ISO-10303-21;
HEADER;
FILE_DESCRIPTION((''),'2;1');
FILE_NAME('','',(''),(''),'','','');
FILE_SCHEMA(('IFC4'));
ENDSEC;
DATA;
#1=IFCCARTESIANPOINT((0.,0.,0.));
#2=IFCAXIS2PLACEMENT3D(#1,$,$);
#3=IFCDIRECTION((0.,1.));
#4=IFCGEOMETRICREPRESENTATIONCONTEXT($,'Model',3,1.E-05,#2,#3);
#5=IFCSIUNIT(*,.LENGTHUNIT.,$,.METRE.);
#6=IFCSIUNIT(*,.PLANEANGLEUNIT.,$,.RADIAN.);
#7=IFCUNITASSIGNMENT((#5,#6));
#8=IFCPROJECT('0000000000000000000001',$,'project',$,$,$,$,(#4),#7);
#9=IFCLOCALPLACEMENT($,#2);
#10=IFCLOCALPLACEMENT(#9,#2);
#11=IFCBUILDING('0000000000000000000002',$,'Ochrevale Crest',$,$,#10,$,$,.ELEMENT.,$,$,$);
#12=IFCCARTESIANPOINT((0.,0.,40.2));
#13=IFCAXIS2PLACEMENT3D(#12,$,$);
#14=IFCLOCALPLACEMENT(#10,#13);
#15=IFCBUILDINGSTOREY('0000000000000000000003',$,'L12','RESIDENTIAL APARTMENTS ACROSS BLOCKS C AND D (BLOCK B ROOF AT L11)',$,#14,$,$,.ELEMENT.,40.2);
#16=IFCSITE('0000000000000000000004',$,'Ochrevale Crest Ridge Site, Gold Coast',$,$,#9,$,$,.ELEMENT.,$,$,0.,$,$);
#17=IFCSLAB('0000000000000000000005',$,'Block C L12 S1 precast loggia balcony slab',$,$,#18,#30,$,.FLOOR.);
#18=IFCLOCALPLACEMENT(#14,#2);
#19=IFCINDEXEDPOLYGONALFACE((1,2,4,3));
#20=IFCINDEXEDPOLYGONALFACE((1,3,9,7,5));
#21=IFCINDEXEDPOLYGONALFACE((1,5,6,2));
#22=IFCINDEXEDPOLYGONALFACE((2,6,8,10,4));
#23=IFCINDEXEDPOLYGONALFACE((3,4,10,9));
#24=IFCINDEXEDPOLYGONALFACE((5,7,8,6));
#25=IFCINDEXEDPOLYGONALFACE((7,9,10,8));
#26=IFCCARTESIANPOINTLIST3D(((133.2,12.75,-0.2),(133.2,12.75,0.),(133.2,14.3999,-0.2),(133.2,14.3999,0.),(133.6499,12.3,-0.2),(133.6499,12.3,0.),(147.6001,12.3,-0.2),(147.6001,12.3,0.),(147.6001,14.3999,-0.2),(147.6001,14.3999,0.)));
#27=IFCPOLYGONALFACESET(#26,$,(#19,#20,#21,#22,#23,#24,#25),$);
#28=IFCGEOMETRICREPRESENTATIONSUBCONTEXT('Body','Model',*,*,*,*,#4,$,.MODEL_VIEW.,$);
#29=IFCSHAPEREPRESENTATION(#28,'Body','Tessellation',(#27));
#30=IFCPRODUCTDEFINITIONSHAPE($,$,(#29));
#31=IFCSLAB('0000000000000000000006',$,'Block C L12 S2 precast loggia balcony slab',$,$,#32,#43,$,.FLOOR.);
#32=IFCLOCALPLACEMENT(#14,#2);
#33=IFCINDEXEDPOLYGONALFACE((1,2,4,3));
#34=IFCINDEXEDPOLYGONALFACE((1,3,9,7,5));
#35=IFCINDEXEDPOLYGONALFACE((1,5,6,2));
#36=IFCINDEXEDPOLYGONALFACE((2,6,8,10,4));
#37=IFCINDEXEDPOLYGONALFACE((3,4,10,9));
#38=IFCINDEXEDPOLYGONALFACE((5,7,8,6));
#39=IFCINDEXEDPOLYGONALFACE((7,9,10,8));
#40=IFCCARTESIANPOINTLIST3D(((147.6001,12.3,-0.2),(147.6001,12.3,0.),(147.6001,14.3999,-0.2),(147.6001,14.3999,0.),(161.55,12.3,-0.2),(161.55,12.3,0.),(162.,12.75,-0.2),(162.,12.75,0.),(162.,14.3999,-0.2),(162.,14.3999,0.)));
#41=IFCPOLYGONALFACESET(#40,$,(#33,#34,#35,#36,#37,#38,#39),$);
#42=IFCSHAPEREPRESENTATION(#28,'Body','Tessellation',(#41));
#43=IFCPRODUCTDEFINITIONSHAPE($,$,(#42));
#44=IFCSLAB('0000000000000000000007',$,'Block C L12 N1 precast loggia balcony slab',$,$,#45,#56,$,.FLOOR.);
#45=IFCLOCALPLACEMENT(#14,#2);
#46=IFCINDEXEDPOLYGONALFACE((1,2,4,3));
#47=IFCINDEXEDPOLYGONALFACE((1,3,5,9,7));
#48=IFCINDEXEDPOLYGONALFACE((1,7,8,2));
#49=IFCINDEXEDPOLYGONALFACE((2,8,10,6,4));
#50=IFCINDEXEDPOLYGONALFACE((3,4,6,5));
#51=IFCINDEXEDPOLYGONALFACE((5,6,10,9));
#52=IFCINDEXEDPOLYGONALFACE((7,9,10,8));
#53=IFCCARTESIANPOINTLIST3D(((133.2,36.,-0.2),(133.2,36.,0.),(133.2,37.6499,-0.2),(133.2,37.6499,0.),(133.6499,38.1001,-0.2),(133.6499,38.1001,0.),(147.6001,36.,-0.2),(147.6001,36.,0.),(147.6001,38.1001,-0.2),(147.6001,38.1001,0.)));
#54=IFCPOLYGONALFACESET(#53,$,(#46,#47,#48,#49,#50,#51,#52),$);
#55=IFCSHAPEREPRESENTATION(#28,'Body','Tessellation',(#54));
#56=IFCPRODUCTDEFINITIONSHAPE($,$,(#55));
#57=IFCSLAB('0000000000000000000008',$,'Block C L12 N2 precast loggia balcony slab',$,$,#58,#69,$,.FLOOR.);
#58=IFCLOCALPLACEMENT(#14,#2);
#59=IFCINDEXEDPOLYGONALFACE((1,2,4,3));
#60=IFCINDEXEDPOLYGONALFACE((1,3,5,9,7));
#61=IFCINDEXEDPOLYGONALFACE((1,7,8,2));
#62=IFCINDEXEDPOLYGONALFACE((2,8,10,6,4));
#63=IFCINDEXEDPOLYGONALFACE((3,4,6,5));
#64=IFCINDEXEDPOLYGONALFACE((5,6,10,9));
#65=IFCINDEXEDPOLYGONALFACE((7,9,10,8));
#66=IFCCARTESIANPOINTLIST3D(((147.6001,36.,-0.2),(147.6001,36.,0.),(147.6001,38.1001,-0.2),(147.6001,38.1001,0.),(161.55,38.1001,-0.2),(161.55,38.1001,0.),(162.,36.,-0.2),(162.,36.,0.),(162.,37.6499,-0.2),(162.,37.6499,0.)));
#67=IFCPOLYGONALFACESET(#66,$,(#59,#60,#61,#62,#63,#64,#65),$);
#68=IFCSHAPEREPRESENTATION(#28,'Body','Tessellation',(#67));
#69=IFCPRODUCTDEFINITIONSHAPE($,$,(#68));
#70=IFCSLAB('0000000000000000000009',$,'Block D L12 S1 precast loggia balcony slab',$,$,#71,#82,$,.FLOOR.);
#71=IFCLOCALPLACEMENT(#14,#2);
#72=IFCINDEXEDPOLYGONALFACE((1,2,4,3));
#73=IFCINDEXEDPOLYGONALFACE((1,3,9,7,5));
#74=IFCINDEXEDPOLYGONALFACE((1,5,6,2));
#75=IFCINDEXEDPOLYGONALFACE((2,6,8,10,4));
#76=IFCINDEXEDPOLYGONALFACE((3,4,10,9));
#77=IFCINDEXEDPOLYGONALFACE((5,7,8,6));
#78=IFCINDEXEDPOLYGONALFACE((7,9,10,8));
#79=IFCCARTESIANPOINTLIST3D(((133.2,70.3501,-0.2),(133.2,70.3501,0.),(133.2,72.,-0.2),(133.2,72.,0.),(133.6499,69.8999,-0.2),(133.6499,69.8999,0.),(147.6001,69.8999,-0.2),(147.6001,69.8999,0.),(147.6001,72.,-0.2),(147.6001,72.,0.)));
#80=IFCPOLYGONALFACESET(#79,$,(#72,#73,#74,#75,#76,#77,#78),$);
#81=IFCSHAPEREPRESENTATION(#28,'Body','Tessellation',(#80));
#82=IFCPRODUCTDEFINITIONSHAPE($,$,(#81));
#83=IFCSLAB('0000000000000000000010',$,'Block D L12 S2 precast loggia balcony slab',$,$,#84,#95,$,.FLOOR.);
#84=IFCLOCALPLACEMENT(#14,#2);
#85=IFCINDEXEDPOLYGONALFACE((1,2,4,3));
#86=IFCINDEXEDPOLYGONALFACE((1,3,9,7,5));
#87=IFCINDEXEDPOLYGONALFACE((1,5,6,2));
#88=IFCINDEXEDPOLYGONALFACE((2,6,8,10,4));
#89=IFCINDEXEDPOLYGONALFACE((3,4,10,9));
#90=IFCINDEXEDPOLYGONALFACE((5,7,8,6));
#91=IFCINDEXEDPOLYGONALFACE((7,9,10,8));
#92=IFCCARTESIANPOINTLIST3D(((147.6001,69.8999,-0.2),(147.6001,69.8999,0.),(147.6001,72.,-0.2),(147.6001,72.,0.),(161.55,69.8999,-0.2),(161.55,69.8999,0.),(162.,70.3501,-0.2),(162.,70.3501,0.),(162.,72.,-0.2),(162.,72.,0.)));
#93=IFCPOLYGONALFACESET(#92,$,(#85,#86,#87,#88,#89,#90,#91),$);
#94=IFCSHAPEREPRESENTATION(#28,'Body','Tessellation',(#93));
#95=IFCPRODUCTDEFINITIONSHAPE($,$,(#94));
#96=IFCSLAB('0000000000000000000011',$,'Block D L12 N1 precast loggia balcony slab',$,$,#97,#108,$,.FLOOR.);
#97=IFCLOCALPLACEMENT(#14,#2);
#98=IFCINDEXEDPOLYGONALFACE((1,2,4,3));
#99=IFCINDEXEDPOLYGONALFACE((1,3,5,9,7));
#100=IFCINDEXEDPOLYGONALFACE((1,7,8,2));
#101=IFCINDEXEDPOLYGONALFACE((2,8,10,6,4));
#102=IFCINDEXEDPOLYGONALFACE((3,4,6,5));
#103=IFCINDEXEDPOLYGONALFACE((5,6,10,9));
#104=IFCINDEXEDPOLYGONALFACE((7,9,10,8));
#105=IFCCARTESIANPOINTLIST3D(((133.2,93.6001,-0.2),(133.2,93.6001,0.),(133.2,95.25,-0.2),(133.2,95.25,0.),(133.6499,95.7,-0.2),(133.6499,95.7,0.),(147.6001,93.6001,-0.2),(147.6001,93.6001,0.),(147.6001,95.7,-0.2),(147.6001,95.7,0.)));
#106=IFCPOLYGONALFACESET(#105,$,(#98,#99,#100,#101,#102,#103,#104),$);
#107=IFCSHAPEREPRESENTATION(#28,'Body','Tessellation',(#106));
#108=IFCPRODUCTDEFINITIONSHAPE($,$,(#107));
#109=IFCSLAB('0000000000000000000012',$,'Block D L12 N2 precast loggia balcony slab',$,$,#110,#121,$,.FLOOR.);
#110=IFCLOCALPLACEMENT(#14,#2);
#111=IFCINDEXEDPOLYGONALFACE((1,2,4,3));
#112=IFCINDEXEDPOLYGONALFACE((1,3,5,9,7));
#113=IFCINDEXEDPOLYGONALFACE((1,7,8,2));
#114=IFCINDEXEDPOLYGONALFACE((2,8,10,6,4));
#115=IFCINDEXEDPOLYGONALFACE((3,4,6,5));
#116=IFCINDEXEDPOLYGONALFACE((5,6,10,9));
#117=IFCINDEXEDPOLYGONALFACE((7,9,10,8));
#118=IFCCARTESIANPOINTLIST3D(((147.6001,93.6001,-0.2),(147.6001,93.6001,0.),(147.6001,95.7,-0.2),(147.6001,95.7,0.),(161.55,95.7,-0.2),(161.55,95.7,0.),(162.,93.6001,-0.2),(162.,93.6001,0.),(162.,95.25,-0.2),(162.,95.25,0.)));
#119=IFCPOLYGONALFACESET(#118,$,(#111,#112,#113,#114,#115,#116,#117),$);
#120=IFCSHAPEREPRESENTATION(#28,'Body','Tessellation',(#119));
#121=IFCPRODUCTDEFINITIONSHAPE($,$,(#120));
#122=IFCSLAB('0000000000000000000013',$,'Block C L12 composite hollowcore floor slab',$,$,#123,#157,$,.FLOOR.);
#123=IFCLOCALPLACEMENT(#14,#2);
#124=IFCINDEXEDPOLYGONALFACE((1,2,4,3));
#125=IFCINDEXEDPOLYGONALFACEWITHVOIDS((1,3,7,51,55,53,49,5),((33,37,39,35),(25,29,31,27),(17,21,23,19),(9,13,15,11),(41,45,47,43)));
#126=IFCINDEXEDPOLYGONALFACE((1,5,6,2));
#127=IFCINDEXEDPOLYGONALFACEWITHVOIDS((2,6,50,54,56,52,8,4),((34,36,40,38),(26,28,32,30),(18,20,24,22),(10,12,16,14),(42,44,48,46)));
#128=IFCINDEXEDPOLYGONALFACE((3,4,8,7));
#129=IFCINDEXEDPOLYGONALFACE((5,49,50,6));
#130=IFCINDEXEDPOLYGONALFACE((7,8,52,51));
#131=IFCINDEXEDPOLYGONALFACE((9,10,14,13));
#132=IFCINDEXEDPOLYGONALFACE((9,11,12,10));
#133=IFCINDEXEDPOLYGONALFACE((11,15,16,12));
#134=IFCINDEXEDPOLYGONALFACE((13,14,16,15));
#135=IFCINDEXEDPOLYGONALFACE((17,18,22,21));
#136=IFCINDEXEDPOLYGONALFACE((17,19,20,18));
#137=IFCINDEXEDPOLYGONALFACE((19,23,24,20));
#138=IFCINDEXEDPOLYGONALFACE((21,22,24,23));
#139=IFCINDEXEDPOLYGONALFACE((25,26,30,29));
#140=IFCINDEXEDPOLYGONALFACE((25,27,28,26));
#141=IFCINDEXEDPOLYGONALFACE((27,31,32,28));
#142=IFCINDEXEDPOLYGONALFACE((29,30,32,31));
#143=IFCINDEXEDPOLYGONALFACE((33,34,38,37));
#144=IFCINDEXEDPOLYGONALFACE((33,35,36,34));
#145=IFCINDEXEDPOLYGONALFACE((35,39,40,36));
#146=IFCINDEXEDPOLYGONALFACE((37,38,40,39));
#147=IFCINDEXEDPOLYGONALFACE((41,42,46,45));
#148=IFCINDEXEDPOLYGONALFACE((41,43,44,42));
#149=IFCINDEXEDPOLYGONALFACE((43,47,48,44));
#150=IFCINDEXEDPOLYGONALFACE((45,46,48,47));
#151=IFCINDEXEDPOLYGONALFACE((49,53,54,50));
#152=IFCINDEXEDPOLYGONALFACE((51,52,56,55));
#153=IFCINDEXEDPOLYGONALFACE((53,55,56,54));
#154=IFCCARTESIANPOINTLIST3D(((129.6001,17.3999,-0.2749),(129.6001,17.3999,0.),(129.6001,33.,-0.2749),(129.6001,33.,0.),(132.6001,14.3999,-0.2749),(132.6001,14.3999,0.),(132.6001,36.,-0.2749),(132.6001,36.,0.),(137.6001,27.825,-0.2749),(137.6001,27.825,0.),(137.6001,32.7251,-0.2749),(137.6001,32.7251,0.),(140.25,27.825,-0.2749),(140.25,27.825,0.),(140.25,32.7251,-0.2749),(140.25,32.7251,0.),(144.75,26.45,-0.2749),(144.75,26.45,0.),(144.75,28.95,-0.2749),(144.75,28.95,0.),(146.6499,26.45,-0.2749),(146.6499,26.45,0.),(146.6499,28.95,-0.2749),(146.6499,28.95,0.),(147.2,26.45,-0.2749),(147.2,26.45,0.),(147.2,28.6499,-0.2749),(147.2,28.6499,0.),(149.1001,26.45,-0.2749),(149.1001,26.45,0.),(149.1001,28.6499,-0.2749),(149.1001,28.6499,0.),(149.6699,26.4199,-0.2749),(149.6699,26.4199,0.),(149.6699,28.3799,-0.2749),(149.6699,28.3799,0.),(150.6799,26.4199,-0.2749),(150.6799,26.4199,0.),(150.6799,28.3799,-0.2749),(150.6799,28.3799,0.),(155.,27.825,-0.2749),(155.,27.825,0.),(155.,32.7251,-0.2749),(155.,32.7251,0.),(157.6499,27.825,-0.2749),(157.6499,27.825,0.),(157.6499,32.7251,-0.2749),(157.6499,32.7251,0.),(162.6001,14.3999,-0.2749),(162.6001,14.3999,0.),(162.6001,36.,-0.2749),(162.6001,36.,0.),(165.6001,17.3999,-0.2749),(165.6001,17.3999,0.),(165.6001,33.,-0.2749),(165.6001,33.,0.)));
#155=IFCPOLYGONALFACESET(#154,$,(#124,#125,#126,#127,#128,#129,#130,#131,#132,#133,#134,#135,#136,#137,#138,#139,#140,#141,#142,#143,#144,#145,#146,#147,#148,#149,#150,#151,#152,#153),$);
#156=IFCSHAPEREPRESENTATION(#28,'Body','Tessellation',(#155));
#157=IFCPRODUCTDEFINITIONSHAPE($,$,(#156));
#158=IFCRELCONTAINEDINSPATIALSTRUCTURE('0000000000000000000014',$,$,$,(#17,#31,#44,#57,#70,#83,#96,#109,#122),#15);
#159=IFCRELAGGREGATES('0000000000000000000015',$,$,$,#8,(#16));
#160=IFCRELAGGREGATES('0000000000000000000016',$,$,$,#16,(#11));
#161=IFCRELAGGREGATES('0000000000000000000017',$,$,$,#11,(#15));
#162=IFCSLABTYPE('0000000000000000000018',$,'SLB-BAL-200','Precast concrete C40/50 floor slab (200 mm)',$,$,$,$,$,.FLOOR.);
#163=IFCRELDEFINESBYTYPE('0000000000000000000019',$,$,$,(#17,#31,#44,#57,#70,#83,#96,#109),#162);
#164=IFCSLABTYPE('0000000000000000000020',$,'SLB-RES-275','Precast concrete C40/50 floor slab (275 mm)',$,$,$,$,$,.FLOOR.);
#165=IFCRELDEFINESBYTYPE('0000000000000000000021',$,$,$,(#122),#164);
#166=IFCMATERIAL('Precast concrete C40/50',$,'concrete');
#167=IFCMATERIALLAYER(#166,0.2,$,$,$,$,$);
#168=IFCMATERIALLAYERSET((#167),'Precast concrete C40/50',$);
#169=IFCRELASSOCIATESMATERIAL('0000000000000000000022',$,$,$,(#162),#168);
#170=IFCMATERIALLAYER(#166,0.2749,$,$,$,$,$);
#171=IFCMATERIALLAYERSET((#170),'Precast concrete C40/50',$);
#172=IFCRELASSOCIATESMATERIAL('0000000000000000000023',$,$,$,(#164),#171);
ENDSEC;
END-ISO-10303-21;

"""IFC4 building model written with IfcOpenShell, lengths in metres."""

from ifc_helpers import new_model, si_unit, direction, frame, origin, place, context, subcontext, project, spatial, polyline, outline, extrude, material, layer, layer_set, type_object, element, save


model = new_model("IFC4")

# Units and contexts
model_context = context("Model", 3, precision=1e-05, world=origin(), true_north=direction((0.0, 1.0)))
body_context = subcontext(model_context, "Body", "Model", "MODEL_VIEW")
ifc_project = project(units=[si_unit("LENGTHUNIT", "METRE"), si_unit("PLANEANGLEUNIT", "RADIAN")], contexts=[model_context])

# Site, building, storey
site_placement = place(None, origin())
site = spatial("IfcSite", under=ifc_project, at=site_placement, Name="Ochrevale Crest Ridge Site, Gold Coast", CompositionType="ELEMENT", RefElevation=0.0)
building_placement = place(site_placement, origin())
building = spatial("IfcBuilding", under=site, at=building_placement, Name="Ochrevale Crest", CompositionType="ELEMENT")
storey_placement = place(building_placement, frame((0.0, 0.0, 40.2)))
storey = spatial("IfcBuildingStorey", under=building, at=storey_placement, Name="L12", Description="RESIDENTIAL APARTMENTS ACROSS BLOCKS C AND D (BLOCK B ROOF AT L11)", CompositionType="ELEMENT", Elevation=40.2)

# Slabs
ifc_material_1 = material(Name="Precast concrete C40/50", Category="concrete")
ifc_layer_1 = layer(ifc_material_1, 0.2)
ifc_layer_set_1 = layer_set([ifc_layer_1], Name="Precast concrete C40/50")
slab_type_1 = type_object("IfcSlabType", Name="SLB-BAL-200", Description="Precast concrete C40/50 floor slab (200 mm)", PredefinedType="FLOOR", material=ifc_layer_set_1)
slab_1_placement = place(storey_placement, frame((0.0, 0.0, -0.2)))
element("IfcSlab", 1, at=slab_1_placement, inside=storey, type_object=slab_type_1, Name="Block C L12 S1 precast loggia balcony slab", PredefinedType="FLOOR", context=body_context, shape_type="SweptSolid", body=[
    extrude(outline(polyline([(133.6499, 12.3), (147.6001, 12.3), (147.6001, 14.3999), (133.2, 14.3999), (133.2, 12.75), (133.6499, 12.3)])), origin(), (0.0, 0.0, 1.0), 0.2),
])
slab_2_placement = place(storey_placement, frame((0.0, 0.0, -0.2)))
element("IfcSlab", 2, at=slab_2_placement, inside=storey, type_object=slab_type_1, Name="Block C L12 S2 precast loggia balcony slab", PredefinedType="FLOOR", context=body_context, shape_type="SweptSolid", body=[
    extrude(outline(polyline([(147.6001, 12.3), (161.55, 12.3), (162.0, 12.75), (162.0, 14.3999), (147.6001, 14.3999), (147.6001, 12.3)])), origin(), (0.0, 0.0, 1.0), 0.2),
])
slab_3_placement = place(storey_placement, frame((0.0, 0.0, -0.2)))
element("IfcSlab", 3, at=slab_3_placement, inside=storey, type_object=slab_type_1, Name="Block C L12 N1 precast loggia balcony slab", PredefinedType="FLOOR", context=body_context, shape_type="SweptSolid", body=[
    extrude(outline(polyline([(133.2, 36.0), (147.6001, 36.0), (147.6001, 38.1001), (133.6499, 38.1001), (133.2, 37.6499), (133.2, 36.0)])), origin(), (0.0, 0.0, 1.0), 0.2),
])
slab_4_placement = place(storey_placement, frame((0.0, 0.0, -0.2)))
element("IfcSlab", 4, at=slab_4_placement, inside=storey, type_object=slab_type_1, Name="Block C L12 N2 precast loggia balcony slab", PredefinedType="FLOOR", context=body_context, shape_type="SweptSolid", body=[
    extrude(outline(polyline([(147.6001, 36.0), (162.0, 36.0), (162.0, 37.6499), (161.55, 38.1001), (147.6001, 38.1001), (147.6001, 36.0)])), origin(), (0.0, 0.0, 1.0), 0.2),
])
slab_5_placement = place(storey_placement, frame((0.0, 0.0, -0.2)))
element("IfcSlab", 5, at=slab_5_placement, inside=storey, type_object=slab_type_1, Name="Block D L12 S1 precast loggia balcony slab", PredefinedType="FLOOR", context=body_context, shape_type="SweptSolid", body=[
    extrude(outline(polyline([(133.6499, 69.8999), (147.6001, 69.8999), (147.6001, 72.0), (133.2, 72.0), (133.2, 70.3501), (133.6499, 69.8999)])), origin(), (0.0, 0.0, 1.0), 0.2),
])
slab_6_placement = place(storey_placement, frame((0.0, 0.0, -0.2)))
element("IfcSlab", 6, at=slab_6_placement, inside=storey, type_object=slab_type_1, Name="Block D L12 S2 precast loggia balcony slab", PredefinedType="FLOOR", context=body_context, shape_type="SweptSolid", body=[
    extrude(outline(polyline([(147.6001, 69.8999), (161.55, 69.8999), (162.0, 70.3501), (162.0, 72.0), (147.6001, 72.0), (147.6001, 69.8999)])), origin(), (0.0, 0.0, 1.0), 0.2),
])
slab_7_placement = place(storey_placement, frame((0.0, 0.0, -0.2)))
element("IfcSlab", 7, at=slab_7_placement, inside=storey, type_object=slab_type_1, Name="Block D L12 N1 precast loggia balcony slab", PredefinedType="FLOOR", context=body_context, shape_type="SweptSolid", body=[
    extrude(outline(polyline([(133.2, 93.6001), (147.6001, 93.6001), (147.6001, 95.7), (133.6499, 95.7), (133.2, 95.25), (133.2, 93.6001)])), origin(), (0.0, 0.0, 1.0), 0.2),
])
slab_8_placement = place(storey_placement, frame((0.0, 0.0, -0.2)))
element("IfcSlab", 8, at=slab_8_placement, inside=storey, type_object=slab_type_1, Name="Block D L12 N2 precast loggia balcony slab", PredefinedType="FLOOR", context=body_context, shape_type="SweptSolid", body=[
    extrude(outline(polyline([(147.6001, 93.6001), (162.0, 93.6001), (162.0, 95.25), (161.55, 95.7), (147.6001, 95.7), (147.6001, 93.6001)])), origin(), (0.0, 0.0, 1.0), 0.2),
])
ifc_layer_2 = layer(ifc_material_1, 0.2749)
ifc_layer_set_2 = layer_set([ifc_layer_2], Name="Precast concrete C40/50")
slab_type_2 = type_object("IfcSlabType", Name="SLB-RES-275", Description="Precast concrete C40/50 floor slab (275 mm)", PredefinedType="FLOOR", material=ifc_layer_set_2)
slab_9_placement = place(storey_placement, frame((0.0, 0.0, -0.2749)))
element("IfcSlab", 9, at=slab_9_placement, inside=storey, type_object=slab_type_2, Name="Block C L12 composite hollowcore floor slab", PredefinedType="FLOOR", context=body_context, shape_type="SweptSolid", body=[
    extrude(outline(polyline([(132.6001, 14.3999), (162.6001, 14.3999), (165.6001, 17.3999), (165.6001, 33.0), (162.6001, 36.0), (132.6001, 36.0), (129.6001, 33.0), (129.6001, 17.3999), (132.6001, 14.3999)]), holes=[polyline([(140.25, 27.825), (140.25, 32.7251), (137.6001, 32.7251), (137.6001, 27.825), (140.25, 27.825)]), polyline([(157.6499, 27.825), (157.6499, 32.7251), (155.0, 32.7251), (155.0, 27.825), (157.6499, 27.825)]), polyline([(144.75, 26.45), (146.6499, 26.45), (146.6499, 28.95), (144.75, 28.95), (144.75, 26.45)]), polyline([(147.2, 26.45), (149.1001, 26.45), (149.1001, 28.6499), (147.2, 28.6499), (147.2, 26.45)]), polyline([(149.6699, 26.4199), (150.6799, 26.4199), (150.6799, 28.3799), (149.6699, 28.3799), (149.6699, 26.4199)])]), origin(), (0.0, 0.0, 1.0), 0.2749),
])

save(model, "model.ifc")
